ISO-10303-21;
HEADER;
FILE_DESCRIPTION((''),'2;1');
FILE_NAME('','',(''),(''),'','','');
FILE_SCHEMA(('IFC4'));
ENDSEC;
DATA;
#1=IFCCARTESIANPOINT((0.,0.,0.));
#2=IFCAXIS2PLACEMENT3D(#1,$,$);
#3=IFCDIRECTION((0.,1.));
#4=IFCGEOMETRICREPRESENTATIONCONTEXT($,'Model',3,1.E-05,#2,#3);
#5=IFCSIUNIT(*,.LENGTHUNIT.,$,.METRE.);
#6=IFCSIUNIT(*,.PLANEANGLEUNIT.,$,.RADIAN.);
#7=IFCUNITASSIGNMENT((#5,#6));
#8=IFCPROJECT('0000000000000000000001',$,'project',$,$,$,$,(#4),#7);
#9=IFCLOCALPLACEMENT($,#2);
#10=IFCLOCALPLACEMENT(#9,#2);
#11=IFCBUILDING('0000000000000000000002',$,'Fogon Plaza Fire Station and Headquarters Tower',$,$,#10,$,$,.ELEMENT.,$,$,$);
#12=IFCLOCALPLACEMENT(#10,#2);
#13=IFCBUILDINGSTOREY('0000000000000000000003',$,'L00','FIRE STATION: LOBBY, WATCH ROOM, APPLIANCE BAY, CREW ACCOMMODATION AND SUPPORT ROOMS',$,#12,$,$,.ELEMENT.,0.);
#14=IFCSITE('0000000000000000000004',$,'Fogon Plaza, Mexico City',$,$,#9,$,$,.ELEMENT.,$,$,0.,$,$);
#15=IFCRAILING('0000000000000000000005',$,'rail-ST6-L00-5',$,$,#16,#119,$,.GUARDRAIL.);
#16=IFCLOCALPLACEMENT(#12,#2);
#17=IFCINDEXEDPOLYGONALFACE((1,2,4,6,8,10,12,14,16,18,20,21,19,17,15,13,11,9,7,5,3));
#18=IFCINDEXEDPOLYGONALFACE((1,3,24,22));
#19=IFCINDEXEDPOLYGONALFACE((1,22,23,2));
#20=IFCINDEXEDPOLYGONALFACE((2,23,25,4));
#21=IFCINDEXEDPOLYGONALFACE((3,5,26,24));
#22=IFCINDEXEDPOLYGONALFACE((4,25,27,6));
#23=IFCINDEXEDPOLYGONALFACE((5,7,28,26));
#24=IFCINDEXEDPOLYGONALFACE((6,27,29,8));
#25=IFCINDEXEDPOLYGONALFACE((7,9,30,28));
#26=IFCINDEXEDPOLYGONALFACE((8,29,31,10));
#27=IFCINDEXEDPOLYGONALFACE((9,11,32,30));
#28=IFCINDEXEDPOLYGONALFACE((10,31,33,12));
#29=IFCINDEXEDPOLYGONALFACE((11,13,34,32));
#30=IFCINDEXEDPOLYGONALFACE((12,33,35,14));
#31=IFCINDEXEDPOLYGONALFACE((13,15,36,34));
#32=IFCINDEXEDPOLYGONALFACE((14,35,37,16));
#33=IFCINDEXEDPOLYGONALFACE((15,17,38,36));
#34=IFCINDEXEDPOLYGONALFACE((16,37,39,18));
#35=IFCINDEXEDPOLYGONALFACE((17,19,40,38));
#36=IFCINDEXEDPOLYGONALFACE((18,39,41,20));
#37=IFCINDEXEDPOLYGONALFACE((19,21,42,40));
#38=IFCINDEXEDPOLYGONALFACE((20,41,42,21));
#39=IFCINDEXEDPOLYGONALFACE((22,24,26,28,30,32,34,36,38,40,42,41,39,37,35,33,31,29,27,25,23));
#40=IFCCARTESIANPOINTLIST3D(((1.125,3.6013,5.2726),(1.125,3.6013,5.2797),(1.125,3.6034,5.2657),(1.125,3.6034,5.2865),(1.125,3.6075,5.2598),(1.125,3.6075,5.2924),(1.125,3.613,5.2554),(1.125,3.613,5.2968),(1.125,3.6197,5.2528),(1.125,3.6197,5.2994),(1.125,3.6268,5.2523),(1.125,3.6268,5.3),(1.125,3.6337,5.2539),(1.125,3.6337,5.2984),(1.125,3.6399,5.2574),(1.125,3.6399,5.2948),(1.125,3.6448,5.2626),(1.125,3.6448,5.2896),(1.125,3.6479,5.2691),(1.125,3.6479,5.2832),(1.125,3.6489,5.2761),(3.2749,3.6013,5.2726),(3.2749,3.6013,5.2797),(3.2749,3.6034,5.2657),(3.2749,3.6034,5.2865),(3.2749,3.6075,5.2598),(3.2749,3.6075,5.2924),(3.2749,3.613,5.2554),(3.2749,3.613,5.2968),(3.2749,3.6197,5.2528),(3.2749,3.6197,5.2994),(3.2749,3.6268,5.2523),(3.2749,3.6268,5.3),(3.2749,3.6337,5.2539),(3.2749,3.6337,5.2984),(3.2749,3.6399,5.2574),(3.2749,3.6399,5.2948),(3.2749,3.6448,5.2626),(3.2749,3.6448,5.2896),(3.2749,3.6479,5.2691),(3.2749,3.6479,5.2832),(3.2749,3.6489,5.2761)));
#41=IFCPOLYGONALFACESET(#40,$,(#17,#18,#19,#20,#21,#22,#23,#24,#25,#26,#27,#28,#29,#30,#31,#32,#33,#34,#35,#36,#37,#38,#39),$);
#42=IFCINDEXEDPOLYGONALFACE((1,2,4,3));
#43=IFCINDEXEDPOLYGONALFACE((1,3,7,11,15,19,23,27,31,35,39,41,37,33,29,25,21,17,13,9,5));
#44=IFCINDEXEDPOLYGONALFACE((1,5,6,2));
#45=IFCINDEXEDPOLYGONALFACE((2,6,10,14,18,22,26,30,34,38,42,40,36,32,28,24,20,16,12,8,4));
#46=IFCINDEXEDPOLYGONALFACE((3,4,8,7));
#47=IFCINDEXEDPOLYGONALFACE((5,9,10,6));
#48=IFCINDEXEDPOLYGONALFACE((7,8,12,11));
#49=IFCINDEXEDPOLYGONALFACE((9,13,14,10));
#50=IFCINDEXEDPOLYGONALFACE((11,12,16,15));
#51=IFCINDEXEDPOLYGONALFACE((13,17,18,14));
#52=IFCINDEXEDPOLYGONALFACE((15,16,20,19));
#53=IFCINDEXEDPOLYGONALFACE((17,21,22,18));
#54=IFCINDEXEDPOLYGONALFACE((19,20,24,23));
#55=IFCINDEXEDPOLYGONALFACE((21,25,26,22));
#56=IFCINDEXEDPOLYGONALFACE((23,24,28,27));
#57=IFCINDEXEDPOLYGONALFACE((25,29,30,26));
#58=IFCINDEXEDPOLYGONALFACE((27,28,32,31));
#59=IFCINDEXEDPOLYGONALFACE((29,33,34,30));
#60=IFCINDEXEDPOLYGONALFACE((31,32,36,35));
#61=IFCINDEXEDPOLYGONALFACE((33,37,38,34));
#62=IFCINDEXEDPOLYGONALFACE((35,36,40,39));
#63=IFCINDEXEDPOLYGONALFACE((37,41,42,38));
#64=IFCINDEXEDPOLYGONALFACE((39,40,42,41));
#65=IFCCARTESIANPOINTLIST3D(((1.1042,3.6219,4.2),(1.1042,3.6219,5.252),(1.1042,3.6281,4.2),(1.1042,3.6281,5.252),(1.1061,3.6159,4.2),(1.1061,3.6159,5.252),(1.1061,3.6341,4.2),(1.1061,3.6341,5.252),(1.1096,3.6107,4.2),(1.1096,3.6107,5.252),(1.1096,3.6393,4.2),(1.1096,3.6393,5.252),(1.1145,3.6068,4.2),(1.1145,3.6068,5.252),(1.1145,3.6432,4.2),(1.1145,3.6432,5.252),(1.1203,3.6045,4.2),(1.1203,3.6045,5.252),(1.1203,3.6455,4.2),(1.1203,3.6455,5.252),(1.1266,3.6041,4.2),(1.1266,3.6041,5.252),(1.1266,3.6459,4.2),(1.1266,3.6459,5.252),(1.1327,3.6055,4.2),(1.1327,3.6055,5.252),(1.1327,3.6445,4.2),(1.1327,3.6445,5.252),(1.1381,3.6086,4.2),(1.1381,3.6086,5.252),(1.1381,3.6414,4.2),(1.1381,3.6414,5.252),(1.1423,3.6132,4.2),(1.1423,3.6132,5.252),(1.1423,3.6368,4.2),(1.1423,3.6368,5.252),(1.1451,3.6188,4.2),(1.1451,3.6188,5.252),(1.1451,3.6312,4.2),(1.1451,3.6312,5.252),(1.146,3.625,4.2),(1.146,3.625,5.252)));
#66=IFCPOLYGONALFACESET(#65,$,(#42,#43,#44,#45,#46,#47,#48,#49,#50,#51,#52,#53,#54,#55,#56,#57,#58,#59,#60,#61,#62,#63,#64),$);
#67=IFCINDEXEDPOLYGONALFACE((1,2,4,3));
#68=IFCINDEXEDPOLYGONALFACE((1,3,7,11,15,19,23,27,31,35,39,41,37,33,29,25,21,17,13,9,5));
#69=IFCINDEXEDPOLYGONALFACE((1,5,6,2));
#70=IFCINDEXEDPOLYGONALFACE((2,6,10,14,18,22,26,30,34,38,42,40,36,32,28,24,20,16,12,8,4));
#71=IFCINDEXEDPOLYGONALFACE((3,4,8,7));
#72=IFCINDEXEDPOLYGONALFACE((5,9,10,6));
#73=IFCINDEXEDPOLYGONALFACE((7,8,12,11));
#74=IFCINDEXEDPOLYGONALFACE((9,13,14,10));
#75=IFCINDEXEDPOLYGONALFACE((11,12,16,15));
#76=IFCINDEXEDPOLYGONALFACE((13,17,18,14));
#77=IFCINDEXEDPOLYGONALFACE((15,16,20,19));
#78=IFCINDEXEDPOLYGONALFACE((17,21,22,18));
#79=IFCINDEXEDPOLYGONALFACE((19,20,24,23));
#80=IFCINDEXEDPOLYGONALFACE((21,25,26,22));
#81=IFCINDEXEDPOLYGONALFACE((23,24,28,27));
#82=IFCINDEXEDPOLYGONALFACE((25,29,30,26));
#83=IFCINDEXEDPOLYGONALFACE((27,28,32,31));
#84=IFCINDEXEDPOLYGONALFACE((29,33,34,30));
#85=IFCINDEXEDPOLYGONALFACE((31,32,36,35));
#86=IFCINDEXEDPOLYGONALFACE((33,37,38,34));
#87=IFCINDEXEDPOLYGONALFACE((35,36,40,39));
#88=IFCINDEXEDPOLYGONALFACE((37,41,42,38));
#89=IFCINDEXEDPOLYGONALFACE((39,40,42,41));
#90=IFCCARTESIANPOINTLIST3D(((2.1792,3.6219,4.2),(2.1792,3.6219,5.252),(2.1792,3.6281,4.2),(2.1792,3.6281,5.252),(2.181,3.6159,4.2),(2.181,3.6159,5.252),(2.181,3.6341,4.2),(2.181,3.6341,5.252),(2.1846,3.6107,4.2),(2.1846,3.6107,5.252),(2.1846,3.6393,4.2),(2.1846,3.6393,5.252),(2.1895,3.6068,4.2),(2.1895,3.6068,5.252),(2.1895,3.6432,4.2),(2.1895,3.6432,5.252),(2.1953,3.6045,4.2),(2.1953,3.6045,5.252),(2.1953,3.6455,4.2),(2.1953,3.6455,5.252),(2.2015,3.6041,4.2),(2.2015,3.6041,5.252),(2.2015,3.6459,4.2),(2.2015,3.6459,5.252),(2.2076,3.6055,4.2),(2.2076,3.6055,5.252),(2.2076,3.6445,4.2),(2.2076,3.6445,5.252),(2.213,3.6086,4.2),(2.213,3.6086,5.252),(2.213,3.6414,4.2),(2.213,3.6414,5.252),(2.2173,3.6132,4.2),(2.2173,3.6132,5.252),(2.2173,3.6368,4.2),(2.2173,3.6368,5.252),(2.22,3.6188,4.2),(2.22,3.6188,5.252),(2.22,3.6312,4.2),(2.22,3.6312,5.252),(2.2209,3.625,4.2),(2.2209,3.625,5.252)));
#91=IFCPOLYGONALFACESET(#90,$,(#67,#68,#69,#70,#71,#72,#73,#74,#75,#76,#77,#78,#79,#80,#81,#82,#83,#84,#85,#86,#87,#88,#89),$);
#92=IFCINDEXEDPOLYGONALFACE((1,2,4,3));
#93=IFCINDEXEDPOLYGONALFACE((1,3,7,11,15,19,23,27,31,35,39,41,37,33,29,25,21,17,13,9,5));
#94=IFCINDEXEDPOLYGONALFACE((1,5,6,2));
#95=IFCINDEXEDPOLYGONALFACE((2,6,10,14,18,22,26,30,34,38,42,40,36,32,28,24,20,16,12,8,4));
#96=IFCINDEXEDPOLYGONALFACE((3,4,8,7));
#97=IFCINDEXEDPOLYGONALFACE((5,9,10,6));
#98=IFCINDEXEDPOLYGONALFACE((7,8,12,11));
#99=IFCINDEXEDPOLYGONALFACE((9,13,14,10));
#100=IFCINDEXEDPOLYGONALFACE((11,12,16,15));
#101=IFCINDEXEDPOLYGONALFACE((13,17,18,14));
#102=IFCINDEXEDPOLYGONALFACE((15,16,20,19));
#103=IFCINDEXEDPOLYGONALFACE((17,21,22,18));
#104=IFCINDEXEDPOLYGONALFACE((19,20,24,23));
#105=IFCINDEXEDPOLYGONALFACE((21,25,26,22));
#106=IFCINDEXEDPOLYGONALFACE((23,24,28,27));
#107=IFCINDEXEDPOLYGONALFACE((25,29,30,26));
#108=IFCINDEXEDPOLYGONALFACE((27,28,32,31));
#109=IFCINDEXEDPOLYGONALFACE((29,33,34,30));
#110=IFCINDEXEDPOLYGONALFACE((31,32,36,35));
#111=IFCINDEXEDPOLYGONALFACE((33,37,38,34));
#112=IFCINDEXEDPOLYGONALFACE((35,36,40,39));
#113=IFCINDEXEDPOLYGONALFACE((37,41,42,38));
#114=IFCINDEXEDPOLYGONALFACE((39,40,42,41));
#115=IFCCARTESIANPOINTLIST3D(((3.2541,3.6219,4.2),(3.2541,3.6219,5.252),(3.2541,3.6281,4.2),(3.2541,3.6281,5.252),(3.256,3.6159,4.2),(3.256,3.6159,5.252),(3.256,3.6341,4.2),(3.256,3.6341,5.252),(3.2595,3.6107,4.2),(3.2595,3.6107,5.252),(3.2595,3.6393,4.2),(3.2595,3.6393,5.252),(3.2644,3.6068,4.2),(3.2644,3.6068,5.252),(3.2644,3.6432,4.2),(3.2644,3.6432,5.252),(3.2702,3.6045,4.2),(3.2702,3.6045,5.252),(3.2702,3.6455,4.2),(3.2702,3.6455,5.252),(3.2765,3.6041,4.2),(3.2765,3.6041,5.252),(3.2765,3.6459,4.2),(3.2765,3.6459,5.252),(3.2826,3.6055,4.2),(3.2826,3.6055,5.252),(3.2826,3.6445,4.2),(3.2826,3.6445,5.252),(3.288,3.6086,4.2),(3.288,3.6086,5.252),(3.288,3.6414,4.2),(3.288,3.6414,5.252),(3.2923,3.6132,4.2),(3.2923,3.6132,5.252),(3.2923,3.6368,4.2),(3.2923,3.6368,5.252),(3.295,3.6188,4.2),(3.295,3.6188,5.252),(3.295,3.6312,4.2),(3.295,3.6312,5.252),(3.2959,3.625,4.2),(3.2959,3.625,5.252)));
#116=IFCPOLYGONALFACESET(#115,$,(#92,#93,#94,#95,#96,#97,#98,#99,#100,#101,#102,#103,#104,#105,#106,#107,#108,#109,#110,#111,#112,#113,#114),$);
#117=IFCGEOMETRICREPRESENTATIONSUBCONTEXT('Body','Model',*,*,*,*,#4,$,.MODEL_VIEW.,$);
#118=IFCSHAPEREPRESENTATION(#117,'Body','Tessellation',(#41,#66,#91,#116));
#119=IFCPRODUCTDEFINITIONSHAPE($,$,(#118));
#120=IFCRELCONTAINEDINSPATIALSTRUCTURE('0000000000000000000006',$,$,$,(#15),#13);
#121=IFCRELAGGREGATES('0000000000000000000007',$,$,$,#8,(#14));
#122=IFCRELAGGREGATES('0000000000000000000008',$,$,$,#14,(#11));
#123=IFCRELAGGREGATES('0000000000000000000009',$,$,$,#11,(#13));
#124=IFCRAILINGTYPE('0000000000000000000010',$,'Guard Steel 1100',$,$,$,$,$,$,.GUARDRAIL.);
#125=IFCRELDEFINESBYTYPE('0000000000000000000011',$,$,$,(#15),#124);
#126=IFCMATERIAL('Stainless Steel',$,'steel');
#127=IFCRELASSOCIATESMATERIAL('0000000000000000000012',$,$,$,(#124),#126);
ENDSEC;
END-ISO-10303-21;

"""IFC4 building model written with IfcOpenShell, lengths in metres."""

from ifc_helpers import new_model, si_unit, direction, frame, origin, origin_2d, place, context, subcontext, project, spatial, circle, extrude, material, type_object, element, save


model = new_model("IFC4")

# Units and contexts
model_context = context("Model", 3, precision=1e-05, world=origin(), true_north=direction((0.0, 1.0)))
body_context = subcontext(model_context, "Body", "Model", "MODEL_VIEW")
ifc_project = project(units=[si_unit("LENGTHUNIT", "METRE"), si_unit("PLANEANGLEUNIT", "RADIAN")], contexts=[model_context])

# Site, building, storey
site_placement = place(None, origin())
site = spatial("IfcSite", under=ifc_project, at=site_placement, Name="Fogon Plaza, Mexico City", CompositionType="ELEMENT", RefElevation=0.0)
building_placement = place(site_placement, origin())
building = spatial("IfcBuilding", under=site, at=building_placement, Name="Fogon Plaza Fire Station and Headquarters Tower", CompositionType="ELEMENT")
storey_placement = place(building_placement, origin())
storey = spatial("IfcBuildingStorey", under=building, at=storey_placement, Name="L00", Description="FIRE STATION: LOBBY, WATCH ROOM, APPLIANCE BAY, CREW ACCOMMODATION AND SUPPORT ROOMS", CompositionType="ELEMENT", Elevation=0.0)

# Railing
ifc_material_1 = material(Name="Stainless Steel", Category="steel")
railing_type_1 = type_object("IfcRailingType", Name="Guard Steel 1100", PredefinedType="GUARDRAIL", material=ifc_material_1)
railing_1_placement = place(storey_placement, frame((1.125, 3.625, 4.2)))
element("IfcRailing", 1, at=railing_1_placement, inside=storey, type_object=railing_type_1, Name="rail-ST6-L00-5", PredefinedType="GUARDRAIL", context=body_context, shape_type="SweptSolid", body=[
    extrude(circle(Radius=0.0239, at=origin_2d()), frame((0.0, 0.0, 1.0762), z_axis=(1.0, 0.0, 0.0), x_axis=(0.0, 1.0, 0.0)), (0.0, 0.0, 1.0), 2.1499),
    extrude(circle(Radius=0.021, at=origin_2d()), origin(), (0.0, 0.0, 1.0), 1.052),
    extrude(circle(Radius=0.021, at=origin_2d()), frame((1.075, 0.0, 0.0)), (0.0, 0.0, 1.0), 1.052),
    extrude(circle(Radius=0.021, at=origin_2d()), frame((2.1499, 0.0, 0.0)), (0.0, 0.0, 1.0), 1.052),
])

save(model, "model.ifc")
